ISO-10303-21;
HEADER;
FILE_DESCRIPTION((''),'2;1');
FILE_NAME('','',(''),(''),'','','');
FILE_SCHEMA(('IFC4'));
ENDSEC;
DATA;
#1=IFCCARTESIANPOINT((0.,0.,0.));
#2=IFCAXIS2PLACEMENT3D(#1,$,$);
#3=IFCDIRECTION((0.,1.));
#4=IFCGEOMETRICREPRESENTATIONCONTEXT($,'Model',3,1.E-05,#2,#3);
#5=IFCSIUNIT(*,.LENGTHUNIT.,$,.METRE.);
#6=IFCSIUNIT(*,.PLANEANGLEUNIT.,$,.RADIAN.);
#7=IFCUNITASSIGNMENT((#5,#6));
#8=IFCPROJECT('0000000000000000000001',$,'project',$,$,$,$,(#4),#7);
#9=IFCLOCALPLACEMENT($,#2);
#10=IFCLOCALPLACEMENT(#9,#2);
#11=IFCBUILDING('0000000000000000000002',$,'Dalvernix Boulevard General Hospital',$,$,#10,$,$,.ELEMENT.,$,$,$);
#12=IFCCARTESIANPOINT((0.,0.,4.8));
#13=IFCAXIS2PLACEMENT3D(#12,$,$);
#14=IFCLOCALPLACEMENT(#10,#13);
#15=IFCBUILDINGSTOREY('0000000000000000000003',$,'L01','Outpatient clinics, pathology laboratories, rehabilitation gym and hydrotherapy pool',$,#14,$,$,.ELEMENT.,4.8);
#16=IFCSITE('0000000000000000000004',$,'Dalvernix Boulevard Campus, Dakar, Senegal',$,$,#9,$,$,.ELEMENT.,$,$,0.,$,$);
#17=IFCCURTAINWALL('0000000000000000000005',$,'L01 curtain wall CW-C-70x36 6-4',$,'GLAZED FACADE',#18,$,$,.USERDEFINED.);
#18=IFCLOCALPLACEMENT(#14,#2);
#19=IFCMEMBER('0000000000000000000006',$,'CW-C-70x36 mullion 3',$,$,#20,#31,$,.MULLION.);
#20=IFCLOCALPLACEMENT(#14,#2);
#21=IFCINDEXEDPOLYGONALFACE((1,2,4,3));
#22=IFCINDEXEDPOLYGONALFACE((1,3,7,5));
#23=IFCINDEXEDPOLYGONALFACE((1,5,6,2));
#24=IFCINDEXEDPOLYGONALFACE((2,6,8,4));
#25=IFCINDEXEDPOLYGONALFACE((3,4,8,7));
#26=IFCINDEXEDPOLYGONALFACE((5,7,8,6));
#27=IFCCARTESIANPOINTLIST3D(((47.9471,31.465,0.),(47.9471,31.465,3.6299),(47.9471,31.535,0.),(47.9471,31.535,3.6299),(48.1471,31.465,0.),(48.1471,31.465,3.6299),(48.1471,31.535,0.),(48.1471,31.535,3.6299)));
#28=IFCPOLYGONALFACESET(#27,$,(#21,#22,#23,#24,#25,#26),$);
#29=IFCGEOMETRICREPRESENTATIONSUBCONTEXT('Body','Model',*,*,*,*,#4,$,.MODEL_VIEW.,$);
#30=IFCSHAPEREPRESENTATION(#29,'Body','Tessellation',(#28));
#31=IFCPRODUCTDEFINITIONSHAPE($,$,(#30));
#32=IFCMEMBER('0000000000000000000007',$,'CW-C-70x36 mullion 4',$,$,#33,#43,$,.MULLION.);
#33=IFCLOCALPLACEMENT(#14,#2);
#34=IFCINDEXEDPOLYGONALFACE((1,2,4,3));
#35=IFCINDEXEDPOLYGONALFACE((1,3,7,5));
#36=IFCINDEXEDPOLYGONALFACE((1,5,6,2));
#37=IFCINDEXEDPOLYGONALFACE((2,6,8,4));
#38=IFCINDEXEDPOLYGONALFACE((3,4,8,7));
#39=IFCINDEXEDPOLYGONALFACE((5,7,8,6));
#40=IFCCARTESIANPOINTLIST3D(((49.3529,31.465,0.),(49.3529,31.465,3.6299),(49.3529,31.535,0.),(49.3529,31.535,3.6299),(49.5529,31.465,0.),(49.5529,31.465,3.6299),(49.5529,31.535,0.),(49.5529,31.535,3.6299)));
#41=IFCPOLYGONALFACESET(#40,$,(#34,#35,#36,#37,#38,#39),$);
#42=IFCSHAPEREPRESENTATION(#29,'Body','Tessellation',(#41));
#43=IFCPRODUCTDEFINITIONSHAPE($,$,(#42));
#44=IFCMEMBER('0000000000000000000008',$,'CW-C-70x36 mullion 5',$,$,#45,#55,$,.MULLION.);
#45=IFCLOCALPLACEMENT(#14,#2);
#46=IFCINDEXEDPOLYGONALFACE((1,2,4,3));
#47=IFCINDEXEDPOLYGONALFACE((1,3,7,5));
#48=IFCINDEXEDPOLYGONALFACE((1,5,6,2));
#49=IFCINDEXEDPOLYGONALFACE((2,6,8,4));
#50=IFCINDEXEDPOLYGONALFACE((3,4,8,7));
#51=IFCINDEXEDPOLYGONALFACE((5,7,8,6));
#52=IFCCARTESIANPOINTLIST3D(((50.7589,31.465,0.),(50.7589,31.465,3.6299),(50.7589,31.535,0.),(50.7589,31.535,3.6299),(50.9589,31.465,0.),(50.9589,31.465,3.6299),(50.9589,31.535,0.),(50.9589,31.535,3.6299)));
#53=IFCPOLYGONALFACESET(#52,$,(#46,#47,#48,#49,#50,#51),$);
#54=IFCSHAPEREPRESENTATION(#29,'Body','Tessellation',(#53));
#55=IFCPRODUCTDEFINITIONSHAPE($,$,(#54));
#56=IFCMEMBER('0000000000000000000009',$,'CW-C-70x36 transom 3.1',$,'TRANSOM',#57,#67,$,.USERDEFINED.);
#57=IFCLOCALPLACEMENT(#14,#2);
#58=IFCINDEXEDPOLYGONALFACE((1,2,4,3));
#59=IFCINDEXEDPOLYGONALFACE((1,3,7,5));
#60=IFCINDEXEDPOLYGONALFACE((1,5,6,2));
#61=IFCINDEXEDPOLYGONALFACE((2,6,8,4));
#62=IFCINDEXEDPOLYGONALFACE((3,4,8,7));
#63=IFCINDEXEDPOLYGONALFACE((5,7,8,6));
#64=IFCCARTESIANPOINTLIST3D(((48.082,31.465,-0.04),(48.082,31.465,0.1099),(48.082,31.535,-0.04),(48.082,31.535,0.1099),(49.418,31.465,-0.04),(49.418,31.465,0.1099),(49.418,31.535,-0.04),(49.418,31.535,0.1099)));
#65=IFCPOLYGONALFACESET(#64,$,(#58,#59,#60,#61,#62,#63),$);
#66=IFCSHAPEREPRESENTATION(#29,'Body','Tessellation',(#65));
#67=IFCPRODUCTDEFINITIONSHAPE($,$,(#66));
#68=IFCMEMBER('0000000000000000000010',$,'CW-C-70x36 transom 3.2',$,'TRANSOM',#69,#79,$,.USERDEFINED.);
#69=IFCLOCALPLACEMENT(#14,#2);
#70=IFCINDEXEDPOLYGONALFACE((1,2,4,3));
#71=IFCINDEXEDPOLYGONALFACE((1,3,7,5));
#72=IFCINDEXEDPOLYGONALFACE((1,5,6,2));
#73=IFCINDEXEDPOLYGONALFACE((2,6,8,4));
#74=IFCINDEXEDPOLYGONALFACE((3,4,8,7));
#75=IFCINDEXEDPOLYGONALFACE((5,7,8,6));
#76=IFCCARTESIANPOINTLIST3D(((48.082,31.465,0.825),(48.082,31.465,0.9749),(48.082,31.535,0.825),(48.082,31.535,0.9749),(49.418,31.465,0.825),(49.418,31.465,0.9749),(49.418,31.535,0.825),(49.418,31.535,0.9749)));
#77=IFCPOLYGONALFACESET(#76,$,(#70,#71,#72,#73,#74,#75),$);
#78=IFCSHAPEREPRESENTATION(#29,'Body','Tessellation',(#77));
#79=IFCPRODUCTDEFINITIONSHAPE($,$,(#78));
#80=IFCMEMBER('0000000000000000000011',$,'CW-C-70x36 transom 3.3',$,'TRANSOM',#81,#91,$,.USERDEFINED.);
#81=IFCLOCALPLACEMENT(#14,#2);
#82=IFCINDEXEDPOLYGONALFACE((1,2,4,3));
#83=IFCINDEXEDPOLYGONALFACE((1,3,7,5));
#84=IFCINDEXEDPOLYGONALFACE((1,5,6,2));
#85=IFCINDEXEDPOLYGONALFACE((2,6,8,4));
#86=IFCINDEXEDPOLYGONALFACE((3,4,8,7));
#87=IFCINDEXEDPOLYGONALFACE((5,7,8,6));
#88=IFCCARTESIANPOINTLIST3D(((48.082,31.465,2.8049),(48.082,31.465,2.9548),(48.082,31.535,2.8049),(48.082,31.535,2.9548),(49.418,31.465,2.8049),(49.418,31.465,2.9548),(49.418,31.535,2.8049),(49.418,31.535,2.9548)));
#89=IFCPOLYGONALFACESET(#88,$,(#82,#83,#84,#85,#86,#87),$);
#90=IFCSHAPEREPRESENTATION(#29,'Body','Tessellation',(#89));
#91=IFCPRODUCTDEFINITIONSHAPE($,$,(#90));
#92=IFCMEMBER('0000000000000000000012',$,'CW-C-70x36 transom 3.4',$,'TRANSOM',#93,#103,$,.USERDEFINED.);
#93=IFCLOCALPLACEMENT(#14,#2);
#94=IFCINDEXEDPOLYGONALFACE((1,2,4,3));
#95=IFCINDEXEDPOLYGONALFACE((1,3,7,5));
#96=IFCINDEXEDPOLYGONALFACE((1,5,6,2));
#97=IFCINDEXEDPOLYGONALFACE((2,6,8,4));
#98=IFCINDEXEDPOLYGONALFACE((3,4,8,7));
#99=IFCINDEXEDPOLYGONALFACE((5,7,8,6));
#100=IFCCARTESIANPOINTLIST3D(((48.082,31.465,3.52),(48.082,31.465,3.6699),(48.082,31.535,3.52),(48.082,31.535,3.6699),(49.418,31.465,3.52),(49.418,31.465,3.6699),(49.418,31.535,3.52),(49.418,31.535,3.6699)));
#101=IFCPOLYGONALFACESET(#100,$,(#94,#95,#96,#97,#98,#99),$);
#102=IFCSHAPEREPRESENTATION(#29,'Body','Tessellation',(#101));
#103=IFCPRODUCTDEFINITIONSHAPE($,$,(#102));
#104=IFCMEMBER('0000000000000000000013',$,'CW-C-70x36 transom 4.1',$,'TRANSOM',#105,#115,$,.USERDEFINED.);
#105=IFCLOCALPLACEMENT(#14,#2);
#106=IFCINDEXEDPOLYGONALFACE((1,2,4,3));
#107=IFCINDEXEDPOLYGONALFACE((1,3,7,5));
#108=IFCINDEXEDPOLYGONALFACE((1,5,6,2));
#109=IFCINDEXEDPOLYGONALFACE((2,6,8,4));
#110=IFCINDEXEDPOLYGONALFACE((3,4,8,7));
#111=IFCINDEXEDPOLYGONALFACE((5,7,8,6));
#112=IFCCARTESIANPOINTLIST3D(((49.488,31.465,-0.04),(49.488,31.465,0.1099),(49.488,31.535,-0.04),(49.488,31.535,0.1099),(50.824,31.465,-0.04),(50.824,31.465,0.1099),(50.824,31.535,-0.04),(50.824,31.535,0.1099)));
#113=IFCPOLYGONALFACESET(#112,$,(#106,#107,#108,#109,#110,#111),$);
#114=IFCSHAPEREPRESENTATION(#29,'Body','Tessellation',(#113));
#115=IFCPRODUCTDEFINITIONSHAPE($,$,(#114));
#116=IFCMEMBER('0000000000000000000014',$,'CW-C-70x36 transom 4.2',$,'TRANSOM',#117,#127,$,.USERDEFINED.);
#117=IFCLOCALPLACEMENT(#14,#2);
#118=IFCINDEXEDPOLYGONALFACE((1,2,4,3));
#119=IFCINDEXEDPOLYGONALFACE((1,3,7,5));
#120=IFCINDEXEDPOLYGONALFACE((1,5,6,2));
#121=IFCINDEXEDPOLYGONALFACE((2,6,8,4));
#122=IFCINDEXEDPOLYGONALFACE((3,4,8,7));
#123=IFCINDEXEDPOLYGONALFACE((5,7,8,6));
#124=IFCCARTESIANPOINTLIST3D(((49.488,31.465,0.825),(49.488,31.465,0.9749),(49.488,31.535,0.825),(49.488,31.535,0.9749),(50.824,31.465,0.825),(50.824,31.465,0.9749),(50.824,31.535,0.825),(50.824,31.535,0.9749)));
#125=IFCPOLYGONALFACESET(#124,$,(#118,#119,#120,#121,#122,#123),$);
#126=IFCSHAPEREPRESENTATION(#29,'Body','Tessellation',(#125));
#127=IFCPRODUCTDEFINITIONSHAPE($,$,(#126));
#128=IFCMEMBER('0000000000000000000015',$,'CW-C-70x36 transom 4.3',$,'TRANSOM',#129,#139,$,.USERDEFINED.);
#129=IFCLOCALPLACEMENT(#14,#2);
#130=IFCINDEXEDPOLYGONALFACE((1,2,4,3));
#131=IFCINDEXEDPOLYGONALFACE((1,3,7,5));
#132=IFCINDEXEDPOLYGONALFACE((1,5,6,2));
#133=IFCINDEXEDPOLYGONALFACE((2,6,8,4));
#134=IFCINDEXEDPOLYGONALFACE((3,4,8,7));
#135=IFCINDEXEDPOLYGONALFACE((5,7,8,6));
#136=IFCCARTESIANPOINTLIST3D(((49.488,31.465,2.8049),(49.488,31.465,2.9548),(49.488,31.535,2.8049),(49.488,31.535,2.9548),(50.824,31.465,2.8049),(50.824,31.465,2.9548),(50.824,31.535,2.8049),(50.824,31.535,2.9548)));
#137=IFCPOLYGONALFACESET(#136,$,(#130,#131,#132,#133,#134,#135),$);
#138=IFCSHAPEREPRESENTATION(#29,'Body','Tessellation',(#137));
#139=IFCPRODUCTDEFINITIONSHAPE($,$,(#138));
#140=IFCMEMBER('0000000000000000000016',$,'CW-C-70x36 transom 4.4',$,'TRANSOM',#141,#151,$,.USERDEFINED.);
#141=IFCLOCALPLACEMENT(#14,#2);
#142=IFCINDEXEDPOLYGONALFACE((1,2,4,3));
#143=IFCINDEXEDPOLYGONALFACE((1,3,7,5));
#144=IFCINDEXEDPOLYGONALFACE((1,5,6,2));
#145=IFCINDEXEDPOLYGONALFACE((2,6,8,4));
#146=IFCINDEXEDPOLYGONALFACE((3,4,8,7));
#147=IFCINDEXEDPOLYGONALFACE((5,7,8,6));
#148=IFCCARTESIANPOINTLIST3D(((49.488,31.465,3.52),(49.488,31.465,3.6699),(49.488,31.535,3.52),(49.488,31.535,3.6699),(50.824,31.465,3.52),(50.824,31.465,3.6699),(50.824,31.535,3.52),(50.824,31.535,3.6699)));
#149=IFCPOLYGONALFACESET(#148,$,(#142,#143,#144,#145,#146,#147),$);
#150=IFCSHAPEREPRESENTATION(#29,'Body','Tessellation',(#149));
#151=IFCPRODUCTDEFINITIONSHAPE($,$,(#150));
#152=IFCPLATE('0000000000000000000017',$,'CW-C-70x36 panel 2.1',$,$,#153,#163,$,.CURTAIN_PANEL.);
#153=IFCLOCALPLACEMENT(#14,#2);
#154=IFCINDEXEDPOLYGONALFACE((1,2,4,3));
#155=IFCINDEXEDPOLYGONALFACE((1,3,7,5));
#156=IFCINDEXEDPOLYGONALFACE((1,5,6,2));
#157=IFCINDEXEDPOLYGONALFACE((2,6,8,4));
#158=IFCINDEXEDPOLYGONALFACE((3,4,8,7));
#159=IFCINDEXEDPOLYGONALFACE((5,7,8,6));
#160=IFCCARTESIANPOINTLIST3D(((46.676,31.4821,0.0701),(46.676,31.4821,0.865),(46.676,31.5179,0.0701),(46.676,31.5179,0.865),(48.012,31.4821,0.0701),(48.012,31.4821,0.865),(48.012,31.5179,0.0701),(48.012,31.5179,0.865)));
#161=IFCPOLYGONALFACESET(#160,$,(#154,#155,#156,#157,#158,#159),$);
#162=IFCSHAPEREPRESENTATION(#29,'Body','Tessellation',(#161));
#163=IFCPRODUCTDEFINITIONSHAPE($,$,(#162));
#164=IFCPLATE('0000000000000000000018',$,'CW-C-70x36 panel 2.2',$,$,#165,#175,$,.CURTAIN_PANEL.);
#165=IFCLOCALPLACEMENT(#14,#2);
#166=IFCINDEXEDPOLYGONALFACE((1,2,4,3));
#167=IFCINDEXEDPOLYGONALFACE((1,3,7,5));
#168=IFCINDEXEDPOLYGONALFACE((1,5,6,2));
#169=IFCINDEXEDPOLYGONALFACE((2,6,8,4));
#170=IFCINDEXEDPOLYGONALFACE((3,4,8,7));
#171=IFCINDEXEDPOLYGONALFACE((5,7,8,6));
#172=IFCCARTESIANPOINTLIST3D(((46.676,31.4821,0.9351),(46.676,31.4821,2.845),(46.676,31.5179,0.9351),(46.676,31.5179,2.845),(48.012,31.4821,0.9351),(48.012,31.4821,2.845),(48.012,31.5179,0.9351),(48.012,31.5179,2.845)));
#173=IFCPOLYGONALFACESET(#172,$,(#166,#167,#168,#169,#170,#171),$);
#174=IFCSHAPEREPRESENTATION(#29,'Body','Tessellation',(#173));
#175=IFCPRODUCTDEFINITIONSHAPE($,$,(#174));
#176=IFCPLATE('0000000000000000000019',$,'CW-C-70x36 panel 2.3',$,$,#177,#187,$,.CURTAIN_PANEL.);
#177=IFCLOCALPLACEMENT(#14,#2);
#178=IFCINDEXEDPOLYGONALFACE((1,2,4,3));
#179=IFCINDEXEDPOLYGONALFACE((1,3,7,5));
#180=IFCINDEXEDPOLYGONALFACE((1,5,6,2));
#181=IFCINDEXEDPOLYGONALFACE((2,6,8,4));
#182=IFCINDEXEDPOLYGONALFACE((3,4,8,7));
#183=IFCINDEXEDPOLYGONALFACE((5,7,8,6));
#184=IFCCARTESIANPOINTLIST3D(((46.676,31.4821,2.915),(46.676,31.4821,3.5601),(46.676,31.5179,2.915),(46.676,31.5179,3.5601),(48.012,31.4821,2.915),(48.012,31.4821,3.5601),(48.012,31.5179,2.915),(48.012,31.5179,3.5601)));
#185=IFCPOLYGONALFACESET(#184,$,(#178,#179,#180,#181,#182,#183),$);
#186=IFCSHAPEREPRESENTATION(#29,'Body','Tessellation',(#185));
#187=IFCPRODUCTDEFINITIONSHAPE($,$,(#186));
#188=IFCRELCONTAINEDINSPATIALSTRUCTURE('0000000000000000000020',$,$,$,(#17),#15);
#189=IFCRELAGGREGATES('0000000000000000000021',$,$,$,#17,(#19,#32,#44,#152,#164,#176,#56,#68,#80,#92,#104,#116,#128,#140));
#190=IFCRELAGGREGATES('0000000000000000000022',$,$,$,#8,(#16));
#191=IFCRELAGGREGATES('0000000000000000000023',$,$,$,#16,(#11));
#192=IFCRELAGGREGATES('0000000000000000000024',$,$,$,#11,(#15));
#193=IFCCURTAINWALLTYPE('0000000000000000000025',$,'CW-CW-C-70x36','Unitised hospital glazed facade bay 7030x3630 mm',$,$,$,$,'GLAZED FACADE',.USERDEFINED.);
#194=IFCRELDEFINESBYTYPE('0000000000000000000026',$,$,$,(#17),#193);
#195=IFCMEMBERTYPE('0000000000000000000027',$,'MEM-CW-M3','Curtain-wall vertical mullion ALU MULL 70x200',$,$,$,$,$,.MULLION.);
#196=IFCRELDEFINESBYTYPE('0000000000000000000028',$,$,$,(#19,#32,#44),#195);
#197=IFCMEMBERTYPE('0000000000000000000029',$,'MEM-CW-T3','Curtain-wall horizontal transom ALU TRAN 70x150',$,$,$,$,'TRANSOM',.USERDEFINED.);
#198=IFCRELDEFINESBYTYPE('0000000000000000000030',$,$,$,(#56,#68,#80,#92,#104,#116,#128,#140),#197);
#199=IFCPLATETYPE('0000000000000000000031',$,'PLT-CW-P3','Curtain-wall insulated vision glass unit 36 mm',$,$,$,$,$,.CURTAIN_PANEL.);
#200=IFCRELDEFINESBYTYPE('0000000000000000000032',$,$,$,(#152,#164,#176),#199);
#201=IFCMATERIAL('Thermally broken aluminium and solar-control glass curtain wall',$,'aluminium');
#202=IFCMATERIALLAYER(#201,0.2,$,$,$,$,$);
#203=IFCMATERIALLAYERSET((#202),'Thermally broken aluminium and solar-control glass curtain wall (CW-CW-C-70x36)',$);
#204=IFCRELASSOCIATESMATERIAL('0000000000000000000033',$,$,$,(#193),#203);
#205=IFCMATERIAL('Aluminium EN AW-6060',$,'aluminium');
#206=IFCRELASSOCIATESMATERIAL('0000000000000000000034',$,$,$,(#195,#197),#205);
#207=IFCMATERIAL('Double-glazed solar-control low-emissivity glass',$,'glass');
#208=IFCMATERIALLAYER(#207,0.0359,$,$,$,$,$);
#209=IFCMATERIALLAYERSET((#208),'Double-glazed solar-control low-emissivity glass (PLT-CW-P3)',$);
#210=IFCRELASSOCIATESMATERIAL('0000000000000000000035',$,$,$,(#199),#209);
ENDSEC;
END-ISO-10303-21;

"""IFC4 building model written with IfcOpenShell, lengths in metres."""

from ifc_helpers import new_model, si_unit, direction, frame, origin, origin_2d, place, context, subcontext, project, spatial, rectangle, extrude, material, layer, layer_set, material_profile, profile_set, type_object, element, aggregate, save


model = new_model("IFC4")

# Units and contexts
model_context = context("Model", 3, precision=1e-05, world=origin(), true_north=direction((0.0, 1.0)))
body_context = subcontext(model_context, "Body", "Model", "MODEL_VIEW")
ifc_project = project(units=[si_unit("LENGTHUNIT", "METRE"), si_unit("PLANEANGLEUNIT", "RADIAN")], contexts=[model_context])

# Site, building, storey
site_placement = place(None, origin())
site = spatial("IfcSite", under=ifc_project, at=site_placement, Name="Dalvernix Boulevard Campus, Dakar, Senegal", CompositionType="ELEMENT", RefElevation=0.0)
building_placement = place(site_placement, origin())
building = spatial("IfcBuilding", under=site, at=building_placement, Name="Dalvernix Boulevard General Hospital", CompositionType="ELEMENT")
storey_placement = place(building_placement, frame((0.0, 0.0, 4.8)))
storey = spatial("IfcBuildingStorey", under=building, at=storey_placement, Name="L01", Description="Outpatient clinics, pathology laboratories, rehabilitation gym and hydrotherapy pool", CompositionType="ELEMENT", Elevation=4.8)

# Curtain wall, members, plates
ifc_material_1 = material(Name="Thermally broken aluminium and solar-control glass curtain wall", Category="aluminium")
ifc_layer_1 = layer(ifc_material_1, 0.2)
ifc_layer_set_1 = layer_set([ifc_layer_1], Name="Thermally broken aluminium and solar-control glass curtain wall (CW-CW-C-70x36)")
curtain_wall_type = type_object("IfcCurtainWallType", Name="CW-CW-C-70x36", Description="Unitised hospital glazed facade bay 7030x3630 mm", ElementType="GLAZED FACADE", PredefinedType="USERDEFINED", material=ifc_layer_set_1)
curtain_wall_placement = place(storey_placement, origin())
curtain_wall = element("IfcCurtainWall", 1, at=curtain_wall_placement, inside=storey, type_object=curtain_wall_type, Name="L01 curtain wall CW-C-70x36 6-4", ObjectType="GLAZED FACADE", PredefinedType="USERDEFINED")
ifc_material_2 = material(Name="Aluminium EN AW-6060", Category="aluminium")
ifc_material_profile_1 = material_profile(ifc_material_2, rectangle(XDim=0.0701, YDim=0.2, at=origin_2d()), Name="ALU MULL 70x200")
ifc_profile_set_1 = profile_set([ifc_material_profile_1], Name="Aluminium EN AW-6060")
member_type_1 = type_object("IfcMemberType", Name="MEM-CW-M3", Description="Curtain-wall vertical mullion ALU MULL 70x200", PredefinedType="MULLION", material=ifc_profile_set_1)
member_1_placement = place(storey_placement, frame((48.0471, 31.5, 0.0), z_axis=(0.0, 0.0, 1.0), x_axis=(0.0, 1.0, 0.0)))
member_1 = element("IfcMember", 2, at=member_1_placement, type_object=member_type_1, Name="CW-C-70x36 mullion 3", PredefinedType="MULLION", context=body_context, shape_type="SweptSolid", body=[
    extrude(rectangle(XDim=0.0701, YDim=0.2, at=origin_2d()), origin(), (0.0, 0.0, 1.0), 3.6299),
])
member_2_placement = place(storey_placement, frame((49.4529, 31.5, 0.0), z_axis=(0.0, 0.0, 1.0), x_axis=(0.0, 1.0, 0.0)))
member_2 = element("IfcMember", 3, at=member_2_placement, type_object=member_type_1, Name="CW-C-70x36 mullion 4", PredefinedType="MULLION", context=body_context, shape_type="SweptSolid", body=[
    extrude(rectangle(XDim=0.0701, YDim=0.2, at=origin_2d()), origin(), (0.0, 0.0, 1.0), 3.6299),
])
member_3_placement = place(storey_placement, frame((50.8589, 31.5, 0.0), z_axis=(0.0, 0.0, 1.0), x_axis=(0.0, 1.0, 0.0)))
member_3 = element("IfcMember", 4, at=member_3_placement, type_object=member_type_1, Name="CW-C-70x36 mullion 5", PredefinedType="MULLION", context=body_context, shape_type="SweptSolid", body=[
    extrude(rectangle(XDim=0.0701, YDim=0.2, at=origin_2d()), origin(), (0.0, 0.0, 1.0), 3.6299),
])
ifc_material_profile_2 = material_profile(ifc_material_2, rectangle(XDim=0.0701, YDim=0.1499, at=origin_2d()), Name="ALU TRAN 70x150")
ifc_profile_set_2 = profile_set([ifc_material_profile_2], Name="Aluminium EN AW-6060")
member_type_2 = type_object("IfcMemberType", Name="MEM-CW-T3", Description="Curtain-wall horizontal transom ALU TRAN 70x150", ElementType="TRANSOM", PredefinedType="USERDEFINED", material=ifc_profile_set_2)
member_4_placement = place(storey_placement, frame((48.082, 31.5, 0.0349), z_axis=(1.0, 0.0, 0.0), x_axis=(0.0, 1.0, 0.0)))
member_4 = element("IfcMember", 5, at=member_4_placement, type_object=member_type_2, Name="CW-C-70x36 transom 3.1", ObjectType="TRANSOM", PredefinedType="USERDEFINED", context=body_context, shape_type="SweptSolid", body=[
    extrude(rectangle(XDim=0.0701, YDim=0.1499, at=origin_2d()), origin(), (0.0, 0.0, 1.0), 1.3359),
])
member_5_placement = place(storey_placement, frame((48.082, 31.5, 0.8999), z_axis=(1.0, 0.0, 0.0), x_axis=(0.0, 1.0, 0.0)))
member_5 = element("IfcMember", 6, at=member_5_placement, type_object=member_type_2, Name="CW-C-70x36 transom 3.2", ObjectType="TRANSOM", PredefinedType="USERDEFINED", context=body_context, shape_type="SweptSolid", body=[
    extrude(rectangle(XDim=0.0701, YDim=0.1499, at=origin_2d()), origin(), (0.0, 0.0, 1.0), 1.3359),
])
member_6_placement = place(storey_placement, frame((48.082, 31.5, 2.8799), z_axis=(1.0, 0.0, 0.0), x_axis=(0.0, 1.0, 0.0)))
member_6 = element("IfcMember", 7, at=member_6_placement, type_object=member_type_2, Name="CW-C-70x36 transom 3.3", ObjectType="TRANSOM", PredefinedType="USERDEFINED", context=body_context, shape_type="SweptSolid", body=[
    extrude(rectangle(XDim=0.0701, YDim=0.1499, at=origin_2d()), origin(), (0.0, 0.0, 1.0), 1.3359),
])
member_7_placement = place(storey_placement, frame((48.082, 31.5, 3.595), z_axis=(1.0, 0.0, 0.0), x_axis=(0.0, 1.0, 0.0)))
member_7 = element("IfcMember", 8, at=member_7_placement, type_object=member_type_2, Name="CW-C-70x36 transom 3.4", ObjectType="TRANSOM", PredefinedType="USERDEFINED", context=body_context, shape_type="SweptSolid", body=[
    extrude(rectangle(XDim=0.0701, YDim=0.1499, at=origin_2d()), origin(), (0.0, 0.0, 1.0), 1.3359),
])
member_8_placement = place(storey_placement, frame((49.488, 31.5, 0.0349), z_axis=(1.0, 0.0, 0.0), x_axis=(0.0, 1.0, 0.0)))
member_8 = element("IfcMember", 9, at=member_8_placement, type_object=member_type_2, Name="CW-C-70x36 transom 4.1", ObjectType="TRANSOM", PredefinedType="USERDEFINED", context=body_context, shape_type="SweptSolid", body=[
    extrude(rectangle(XDim=0.0701, YDim=0.1499, at=origin_2d()), origin(), (0.0, 0.0, 1.0), 1.3359),
])
member_9_placement = place(storey_placement, frame((49.488, 31.5, 0.8999), z_axis=(1.0, 0.0, 0.0), x_axis=(0.0, 1.0, 0.0)))
member_9 = element("IfcMember", 10, at=member_9_placement, type_object=member_type_2, Name="CW-C-70x36 transom 4.2", ObjectType="TRANSOM", PredefinedType="USERDEFINED", context=body_context, shape_type="SweptSolid", body=[
    extrude(rectangle(XDim=0.0701, YDim=0.1499, at=origin_2d()), origin(), (0.0, 0.0, 1.0), 1.3359),
])
member_10_placement = place(storey_placement, frame((49.488, 31.5, 2.8799), z_axis=(1.0, 0.0, 0.0), x_axis=(0.0, 1.0, 0.0)))
member_10 = element("IfcMember", 11, at=member_10_placement, type_object=member_type_2, Name="CW-C-70x36 transom 4.3", ObjectType="TRANSOM", PredefinedType="USERDEFINED", context=body_context, shape_type="SweptSolid", body=[
    extrude(rectangle(XDim=0.0701, YDim=0.1499, at=origin_2d()), origin(), (0.0, 0.0, 1.0), 1.3359),
])
member_11_placement = place(storey_placement, frame((49.488, 31.5, 3.595), z_axis=(1.0, 0.0, 0.0), x_axis=(0.0, 1.0, 0.0)))
member_11 = element("IfcMember", 12, at=member_11_placement, type_object=member_type_2, Name="CW-C-70x36 transom 4.4", ObjectType="TRANSOM", PredefinedType="USERDEFINED", context=body_context, shape_type="SweptSolid", body=[
    extrude(rectangle(XDim=0.0701, YDim=0.1499, at=origin_2d()), origin(), (0.0, 0.0, 1.0), 1.3359),
])
ifc_material_3 = material(Name="Double-glazed solar-control low-emissivity glass", Category="glass")
ifc_layer_2 = layer(ifc_material_3, 0.0359)
ifc_layer_set_2 = layer_set([ifc_layer_2], Name="Double-glazed solar-control low-emissivity glass (PLT-CW-P3)")
plate_type = type_object("IfcPlateType", Name="PLT-CW-P3", Description="Curtain-wall insulated vision glass unit 36 mm", PredefinedType="CURTAIN_PANEL", material=ifc_layer_set_2)
plate_1_placement = place(storey_placement, frame((47.344, 31.5, 0.0701), z_axis=(0.0, 0.0, 1.0), x_axis=(1.0, 0.0, 0.0)))
plate_1 = element("IfcPlate", 13, at=plate_1_placement, type_object=plate_type, Name="CW-C-70x36 panel 2.1", PredefinedType="CURTAIN_PANEL", context=body_context, shape_type="SweptSolid", body=[
    extrude(rectangle(XDim=1.3359, YDim=0.0359, at=origin_2d()), origin(), (0.0, 0.0, 1.0), 0.7949),
])
plate_2_placement = place(storey_placement, frame((47.344, 31.5, 0.9351), z_axis=(0.0, 0.0, 1.0), x_axis=(1.0, 0.0, 0.0)))
plate_2 = element("IfcPlate", 14, at=plate_2_placement, type_object=plate_type, Name="CW-C-70x36 panel 2.2", PredefinedType="CURTAIN_PANEL", context=body_context, shape_type="SweptSolid", body=[
    extrude(rectangle(XDim=1.3359, YDim=0.0359, at=origin_2d()), origin(), (0.0, 0.0, 1.0), 1.9099),
])
plate_3_placement = place(storey_placement, frame((47.344, 31.5, 2.915), z_axis=(0.0, 0.0, 1.0), x_axis=(1.0, 0.0, 0.0)))
plate_3 = element("IfcPlate", 15, at=plate_3_placement, type_object=plate_type, Name="CW-C-70x36 panel 2.3", PredefinedType="CURTAIN_PANEL", context=body_context, shape_type="SweptSolid", body=[
    extrude(rectangle(XDim=1.3359, YDim=0.0359, at=origin_2d()), origin(), (0.0, 0.0, 1.0), 0.645),
])
aggregate(curtain_wall, [member_1, member_2, member_3, plate_1, plate_2, plate_3, member_4, member_5, member_6, member_7, member_8, member_9, member_10, member_11])

save(model, "model.ifc")
